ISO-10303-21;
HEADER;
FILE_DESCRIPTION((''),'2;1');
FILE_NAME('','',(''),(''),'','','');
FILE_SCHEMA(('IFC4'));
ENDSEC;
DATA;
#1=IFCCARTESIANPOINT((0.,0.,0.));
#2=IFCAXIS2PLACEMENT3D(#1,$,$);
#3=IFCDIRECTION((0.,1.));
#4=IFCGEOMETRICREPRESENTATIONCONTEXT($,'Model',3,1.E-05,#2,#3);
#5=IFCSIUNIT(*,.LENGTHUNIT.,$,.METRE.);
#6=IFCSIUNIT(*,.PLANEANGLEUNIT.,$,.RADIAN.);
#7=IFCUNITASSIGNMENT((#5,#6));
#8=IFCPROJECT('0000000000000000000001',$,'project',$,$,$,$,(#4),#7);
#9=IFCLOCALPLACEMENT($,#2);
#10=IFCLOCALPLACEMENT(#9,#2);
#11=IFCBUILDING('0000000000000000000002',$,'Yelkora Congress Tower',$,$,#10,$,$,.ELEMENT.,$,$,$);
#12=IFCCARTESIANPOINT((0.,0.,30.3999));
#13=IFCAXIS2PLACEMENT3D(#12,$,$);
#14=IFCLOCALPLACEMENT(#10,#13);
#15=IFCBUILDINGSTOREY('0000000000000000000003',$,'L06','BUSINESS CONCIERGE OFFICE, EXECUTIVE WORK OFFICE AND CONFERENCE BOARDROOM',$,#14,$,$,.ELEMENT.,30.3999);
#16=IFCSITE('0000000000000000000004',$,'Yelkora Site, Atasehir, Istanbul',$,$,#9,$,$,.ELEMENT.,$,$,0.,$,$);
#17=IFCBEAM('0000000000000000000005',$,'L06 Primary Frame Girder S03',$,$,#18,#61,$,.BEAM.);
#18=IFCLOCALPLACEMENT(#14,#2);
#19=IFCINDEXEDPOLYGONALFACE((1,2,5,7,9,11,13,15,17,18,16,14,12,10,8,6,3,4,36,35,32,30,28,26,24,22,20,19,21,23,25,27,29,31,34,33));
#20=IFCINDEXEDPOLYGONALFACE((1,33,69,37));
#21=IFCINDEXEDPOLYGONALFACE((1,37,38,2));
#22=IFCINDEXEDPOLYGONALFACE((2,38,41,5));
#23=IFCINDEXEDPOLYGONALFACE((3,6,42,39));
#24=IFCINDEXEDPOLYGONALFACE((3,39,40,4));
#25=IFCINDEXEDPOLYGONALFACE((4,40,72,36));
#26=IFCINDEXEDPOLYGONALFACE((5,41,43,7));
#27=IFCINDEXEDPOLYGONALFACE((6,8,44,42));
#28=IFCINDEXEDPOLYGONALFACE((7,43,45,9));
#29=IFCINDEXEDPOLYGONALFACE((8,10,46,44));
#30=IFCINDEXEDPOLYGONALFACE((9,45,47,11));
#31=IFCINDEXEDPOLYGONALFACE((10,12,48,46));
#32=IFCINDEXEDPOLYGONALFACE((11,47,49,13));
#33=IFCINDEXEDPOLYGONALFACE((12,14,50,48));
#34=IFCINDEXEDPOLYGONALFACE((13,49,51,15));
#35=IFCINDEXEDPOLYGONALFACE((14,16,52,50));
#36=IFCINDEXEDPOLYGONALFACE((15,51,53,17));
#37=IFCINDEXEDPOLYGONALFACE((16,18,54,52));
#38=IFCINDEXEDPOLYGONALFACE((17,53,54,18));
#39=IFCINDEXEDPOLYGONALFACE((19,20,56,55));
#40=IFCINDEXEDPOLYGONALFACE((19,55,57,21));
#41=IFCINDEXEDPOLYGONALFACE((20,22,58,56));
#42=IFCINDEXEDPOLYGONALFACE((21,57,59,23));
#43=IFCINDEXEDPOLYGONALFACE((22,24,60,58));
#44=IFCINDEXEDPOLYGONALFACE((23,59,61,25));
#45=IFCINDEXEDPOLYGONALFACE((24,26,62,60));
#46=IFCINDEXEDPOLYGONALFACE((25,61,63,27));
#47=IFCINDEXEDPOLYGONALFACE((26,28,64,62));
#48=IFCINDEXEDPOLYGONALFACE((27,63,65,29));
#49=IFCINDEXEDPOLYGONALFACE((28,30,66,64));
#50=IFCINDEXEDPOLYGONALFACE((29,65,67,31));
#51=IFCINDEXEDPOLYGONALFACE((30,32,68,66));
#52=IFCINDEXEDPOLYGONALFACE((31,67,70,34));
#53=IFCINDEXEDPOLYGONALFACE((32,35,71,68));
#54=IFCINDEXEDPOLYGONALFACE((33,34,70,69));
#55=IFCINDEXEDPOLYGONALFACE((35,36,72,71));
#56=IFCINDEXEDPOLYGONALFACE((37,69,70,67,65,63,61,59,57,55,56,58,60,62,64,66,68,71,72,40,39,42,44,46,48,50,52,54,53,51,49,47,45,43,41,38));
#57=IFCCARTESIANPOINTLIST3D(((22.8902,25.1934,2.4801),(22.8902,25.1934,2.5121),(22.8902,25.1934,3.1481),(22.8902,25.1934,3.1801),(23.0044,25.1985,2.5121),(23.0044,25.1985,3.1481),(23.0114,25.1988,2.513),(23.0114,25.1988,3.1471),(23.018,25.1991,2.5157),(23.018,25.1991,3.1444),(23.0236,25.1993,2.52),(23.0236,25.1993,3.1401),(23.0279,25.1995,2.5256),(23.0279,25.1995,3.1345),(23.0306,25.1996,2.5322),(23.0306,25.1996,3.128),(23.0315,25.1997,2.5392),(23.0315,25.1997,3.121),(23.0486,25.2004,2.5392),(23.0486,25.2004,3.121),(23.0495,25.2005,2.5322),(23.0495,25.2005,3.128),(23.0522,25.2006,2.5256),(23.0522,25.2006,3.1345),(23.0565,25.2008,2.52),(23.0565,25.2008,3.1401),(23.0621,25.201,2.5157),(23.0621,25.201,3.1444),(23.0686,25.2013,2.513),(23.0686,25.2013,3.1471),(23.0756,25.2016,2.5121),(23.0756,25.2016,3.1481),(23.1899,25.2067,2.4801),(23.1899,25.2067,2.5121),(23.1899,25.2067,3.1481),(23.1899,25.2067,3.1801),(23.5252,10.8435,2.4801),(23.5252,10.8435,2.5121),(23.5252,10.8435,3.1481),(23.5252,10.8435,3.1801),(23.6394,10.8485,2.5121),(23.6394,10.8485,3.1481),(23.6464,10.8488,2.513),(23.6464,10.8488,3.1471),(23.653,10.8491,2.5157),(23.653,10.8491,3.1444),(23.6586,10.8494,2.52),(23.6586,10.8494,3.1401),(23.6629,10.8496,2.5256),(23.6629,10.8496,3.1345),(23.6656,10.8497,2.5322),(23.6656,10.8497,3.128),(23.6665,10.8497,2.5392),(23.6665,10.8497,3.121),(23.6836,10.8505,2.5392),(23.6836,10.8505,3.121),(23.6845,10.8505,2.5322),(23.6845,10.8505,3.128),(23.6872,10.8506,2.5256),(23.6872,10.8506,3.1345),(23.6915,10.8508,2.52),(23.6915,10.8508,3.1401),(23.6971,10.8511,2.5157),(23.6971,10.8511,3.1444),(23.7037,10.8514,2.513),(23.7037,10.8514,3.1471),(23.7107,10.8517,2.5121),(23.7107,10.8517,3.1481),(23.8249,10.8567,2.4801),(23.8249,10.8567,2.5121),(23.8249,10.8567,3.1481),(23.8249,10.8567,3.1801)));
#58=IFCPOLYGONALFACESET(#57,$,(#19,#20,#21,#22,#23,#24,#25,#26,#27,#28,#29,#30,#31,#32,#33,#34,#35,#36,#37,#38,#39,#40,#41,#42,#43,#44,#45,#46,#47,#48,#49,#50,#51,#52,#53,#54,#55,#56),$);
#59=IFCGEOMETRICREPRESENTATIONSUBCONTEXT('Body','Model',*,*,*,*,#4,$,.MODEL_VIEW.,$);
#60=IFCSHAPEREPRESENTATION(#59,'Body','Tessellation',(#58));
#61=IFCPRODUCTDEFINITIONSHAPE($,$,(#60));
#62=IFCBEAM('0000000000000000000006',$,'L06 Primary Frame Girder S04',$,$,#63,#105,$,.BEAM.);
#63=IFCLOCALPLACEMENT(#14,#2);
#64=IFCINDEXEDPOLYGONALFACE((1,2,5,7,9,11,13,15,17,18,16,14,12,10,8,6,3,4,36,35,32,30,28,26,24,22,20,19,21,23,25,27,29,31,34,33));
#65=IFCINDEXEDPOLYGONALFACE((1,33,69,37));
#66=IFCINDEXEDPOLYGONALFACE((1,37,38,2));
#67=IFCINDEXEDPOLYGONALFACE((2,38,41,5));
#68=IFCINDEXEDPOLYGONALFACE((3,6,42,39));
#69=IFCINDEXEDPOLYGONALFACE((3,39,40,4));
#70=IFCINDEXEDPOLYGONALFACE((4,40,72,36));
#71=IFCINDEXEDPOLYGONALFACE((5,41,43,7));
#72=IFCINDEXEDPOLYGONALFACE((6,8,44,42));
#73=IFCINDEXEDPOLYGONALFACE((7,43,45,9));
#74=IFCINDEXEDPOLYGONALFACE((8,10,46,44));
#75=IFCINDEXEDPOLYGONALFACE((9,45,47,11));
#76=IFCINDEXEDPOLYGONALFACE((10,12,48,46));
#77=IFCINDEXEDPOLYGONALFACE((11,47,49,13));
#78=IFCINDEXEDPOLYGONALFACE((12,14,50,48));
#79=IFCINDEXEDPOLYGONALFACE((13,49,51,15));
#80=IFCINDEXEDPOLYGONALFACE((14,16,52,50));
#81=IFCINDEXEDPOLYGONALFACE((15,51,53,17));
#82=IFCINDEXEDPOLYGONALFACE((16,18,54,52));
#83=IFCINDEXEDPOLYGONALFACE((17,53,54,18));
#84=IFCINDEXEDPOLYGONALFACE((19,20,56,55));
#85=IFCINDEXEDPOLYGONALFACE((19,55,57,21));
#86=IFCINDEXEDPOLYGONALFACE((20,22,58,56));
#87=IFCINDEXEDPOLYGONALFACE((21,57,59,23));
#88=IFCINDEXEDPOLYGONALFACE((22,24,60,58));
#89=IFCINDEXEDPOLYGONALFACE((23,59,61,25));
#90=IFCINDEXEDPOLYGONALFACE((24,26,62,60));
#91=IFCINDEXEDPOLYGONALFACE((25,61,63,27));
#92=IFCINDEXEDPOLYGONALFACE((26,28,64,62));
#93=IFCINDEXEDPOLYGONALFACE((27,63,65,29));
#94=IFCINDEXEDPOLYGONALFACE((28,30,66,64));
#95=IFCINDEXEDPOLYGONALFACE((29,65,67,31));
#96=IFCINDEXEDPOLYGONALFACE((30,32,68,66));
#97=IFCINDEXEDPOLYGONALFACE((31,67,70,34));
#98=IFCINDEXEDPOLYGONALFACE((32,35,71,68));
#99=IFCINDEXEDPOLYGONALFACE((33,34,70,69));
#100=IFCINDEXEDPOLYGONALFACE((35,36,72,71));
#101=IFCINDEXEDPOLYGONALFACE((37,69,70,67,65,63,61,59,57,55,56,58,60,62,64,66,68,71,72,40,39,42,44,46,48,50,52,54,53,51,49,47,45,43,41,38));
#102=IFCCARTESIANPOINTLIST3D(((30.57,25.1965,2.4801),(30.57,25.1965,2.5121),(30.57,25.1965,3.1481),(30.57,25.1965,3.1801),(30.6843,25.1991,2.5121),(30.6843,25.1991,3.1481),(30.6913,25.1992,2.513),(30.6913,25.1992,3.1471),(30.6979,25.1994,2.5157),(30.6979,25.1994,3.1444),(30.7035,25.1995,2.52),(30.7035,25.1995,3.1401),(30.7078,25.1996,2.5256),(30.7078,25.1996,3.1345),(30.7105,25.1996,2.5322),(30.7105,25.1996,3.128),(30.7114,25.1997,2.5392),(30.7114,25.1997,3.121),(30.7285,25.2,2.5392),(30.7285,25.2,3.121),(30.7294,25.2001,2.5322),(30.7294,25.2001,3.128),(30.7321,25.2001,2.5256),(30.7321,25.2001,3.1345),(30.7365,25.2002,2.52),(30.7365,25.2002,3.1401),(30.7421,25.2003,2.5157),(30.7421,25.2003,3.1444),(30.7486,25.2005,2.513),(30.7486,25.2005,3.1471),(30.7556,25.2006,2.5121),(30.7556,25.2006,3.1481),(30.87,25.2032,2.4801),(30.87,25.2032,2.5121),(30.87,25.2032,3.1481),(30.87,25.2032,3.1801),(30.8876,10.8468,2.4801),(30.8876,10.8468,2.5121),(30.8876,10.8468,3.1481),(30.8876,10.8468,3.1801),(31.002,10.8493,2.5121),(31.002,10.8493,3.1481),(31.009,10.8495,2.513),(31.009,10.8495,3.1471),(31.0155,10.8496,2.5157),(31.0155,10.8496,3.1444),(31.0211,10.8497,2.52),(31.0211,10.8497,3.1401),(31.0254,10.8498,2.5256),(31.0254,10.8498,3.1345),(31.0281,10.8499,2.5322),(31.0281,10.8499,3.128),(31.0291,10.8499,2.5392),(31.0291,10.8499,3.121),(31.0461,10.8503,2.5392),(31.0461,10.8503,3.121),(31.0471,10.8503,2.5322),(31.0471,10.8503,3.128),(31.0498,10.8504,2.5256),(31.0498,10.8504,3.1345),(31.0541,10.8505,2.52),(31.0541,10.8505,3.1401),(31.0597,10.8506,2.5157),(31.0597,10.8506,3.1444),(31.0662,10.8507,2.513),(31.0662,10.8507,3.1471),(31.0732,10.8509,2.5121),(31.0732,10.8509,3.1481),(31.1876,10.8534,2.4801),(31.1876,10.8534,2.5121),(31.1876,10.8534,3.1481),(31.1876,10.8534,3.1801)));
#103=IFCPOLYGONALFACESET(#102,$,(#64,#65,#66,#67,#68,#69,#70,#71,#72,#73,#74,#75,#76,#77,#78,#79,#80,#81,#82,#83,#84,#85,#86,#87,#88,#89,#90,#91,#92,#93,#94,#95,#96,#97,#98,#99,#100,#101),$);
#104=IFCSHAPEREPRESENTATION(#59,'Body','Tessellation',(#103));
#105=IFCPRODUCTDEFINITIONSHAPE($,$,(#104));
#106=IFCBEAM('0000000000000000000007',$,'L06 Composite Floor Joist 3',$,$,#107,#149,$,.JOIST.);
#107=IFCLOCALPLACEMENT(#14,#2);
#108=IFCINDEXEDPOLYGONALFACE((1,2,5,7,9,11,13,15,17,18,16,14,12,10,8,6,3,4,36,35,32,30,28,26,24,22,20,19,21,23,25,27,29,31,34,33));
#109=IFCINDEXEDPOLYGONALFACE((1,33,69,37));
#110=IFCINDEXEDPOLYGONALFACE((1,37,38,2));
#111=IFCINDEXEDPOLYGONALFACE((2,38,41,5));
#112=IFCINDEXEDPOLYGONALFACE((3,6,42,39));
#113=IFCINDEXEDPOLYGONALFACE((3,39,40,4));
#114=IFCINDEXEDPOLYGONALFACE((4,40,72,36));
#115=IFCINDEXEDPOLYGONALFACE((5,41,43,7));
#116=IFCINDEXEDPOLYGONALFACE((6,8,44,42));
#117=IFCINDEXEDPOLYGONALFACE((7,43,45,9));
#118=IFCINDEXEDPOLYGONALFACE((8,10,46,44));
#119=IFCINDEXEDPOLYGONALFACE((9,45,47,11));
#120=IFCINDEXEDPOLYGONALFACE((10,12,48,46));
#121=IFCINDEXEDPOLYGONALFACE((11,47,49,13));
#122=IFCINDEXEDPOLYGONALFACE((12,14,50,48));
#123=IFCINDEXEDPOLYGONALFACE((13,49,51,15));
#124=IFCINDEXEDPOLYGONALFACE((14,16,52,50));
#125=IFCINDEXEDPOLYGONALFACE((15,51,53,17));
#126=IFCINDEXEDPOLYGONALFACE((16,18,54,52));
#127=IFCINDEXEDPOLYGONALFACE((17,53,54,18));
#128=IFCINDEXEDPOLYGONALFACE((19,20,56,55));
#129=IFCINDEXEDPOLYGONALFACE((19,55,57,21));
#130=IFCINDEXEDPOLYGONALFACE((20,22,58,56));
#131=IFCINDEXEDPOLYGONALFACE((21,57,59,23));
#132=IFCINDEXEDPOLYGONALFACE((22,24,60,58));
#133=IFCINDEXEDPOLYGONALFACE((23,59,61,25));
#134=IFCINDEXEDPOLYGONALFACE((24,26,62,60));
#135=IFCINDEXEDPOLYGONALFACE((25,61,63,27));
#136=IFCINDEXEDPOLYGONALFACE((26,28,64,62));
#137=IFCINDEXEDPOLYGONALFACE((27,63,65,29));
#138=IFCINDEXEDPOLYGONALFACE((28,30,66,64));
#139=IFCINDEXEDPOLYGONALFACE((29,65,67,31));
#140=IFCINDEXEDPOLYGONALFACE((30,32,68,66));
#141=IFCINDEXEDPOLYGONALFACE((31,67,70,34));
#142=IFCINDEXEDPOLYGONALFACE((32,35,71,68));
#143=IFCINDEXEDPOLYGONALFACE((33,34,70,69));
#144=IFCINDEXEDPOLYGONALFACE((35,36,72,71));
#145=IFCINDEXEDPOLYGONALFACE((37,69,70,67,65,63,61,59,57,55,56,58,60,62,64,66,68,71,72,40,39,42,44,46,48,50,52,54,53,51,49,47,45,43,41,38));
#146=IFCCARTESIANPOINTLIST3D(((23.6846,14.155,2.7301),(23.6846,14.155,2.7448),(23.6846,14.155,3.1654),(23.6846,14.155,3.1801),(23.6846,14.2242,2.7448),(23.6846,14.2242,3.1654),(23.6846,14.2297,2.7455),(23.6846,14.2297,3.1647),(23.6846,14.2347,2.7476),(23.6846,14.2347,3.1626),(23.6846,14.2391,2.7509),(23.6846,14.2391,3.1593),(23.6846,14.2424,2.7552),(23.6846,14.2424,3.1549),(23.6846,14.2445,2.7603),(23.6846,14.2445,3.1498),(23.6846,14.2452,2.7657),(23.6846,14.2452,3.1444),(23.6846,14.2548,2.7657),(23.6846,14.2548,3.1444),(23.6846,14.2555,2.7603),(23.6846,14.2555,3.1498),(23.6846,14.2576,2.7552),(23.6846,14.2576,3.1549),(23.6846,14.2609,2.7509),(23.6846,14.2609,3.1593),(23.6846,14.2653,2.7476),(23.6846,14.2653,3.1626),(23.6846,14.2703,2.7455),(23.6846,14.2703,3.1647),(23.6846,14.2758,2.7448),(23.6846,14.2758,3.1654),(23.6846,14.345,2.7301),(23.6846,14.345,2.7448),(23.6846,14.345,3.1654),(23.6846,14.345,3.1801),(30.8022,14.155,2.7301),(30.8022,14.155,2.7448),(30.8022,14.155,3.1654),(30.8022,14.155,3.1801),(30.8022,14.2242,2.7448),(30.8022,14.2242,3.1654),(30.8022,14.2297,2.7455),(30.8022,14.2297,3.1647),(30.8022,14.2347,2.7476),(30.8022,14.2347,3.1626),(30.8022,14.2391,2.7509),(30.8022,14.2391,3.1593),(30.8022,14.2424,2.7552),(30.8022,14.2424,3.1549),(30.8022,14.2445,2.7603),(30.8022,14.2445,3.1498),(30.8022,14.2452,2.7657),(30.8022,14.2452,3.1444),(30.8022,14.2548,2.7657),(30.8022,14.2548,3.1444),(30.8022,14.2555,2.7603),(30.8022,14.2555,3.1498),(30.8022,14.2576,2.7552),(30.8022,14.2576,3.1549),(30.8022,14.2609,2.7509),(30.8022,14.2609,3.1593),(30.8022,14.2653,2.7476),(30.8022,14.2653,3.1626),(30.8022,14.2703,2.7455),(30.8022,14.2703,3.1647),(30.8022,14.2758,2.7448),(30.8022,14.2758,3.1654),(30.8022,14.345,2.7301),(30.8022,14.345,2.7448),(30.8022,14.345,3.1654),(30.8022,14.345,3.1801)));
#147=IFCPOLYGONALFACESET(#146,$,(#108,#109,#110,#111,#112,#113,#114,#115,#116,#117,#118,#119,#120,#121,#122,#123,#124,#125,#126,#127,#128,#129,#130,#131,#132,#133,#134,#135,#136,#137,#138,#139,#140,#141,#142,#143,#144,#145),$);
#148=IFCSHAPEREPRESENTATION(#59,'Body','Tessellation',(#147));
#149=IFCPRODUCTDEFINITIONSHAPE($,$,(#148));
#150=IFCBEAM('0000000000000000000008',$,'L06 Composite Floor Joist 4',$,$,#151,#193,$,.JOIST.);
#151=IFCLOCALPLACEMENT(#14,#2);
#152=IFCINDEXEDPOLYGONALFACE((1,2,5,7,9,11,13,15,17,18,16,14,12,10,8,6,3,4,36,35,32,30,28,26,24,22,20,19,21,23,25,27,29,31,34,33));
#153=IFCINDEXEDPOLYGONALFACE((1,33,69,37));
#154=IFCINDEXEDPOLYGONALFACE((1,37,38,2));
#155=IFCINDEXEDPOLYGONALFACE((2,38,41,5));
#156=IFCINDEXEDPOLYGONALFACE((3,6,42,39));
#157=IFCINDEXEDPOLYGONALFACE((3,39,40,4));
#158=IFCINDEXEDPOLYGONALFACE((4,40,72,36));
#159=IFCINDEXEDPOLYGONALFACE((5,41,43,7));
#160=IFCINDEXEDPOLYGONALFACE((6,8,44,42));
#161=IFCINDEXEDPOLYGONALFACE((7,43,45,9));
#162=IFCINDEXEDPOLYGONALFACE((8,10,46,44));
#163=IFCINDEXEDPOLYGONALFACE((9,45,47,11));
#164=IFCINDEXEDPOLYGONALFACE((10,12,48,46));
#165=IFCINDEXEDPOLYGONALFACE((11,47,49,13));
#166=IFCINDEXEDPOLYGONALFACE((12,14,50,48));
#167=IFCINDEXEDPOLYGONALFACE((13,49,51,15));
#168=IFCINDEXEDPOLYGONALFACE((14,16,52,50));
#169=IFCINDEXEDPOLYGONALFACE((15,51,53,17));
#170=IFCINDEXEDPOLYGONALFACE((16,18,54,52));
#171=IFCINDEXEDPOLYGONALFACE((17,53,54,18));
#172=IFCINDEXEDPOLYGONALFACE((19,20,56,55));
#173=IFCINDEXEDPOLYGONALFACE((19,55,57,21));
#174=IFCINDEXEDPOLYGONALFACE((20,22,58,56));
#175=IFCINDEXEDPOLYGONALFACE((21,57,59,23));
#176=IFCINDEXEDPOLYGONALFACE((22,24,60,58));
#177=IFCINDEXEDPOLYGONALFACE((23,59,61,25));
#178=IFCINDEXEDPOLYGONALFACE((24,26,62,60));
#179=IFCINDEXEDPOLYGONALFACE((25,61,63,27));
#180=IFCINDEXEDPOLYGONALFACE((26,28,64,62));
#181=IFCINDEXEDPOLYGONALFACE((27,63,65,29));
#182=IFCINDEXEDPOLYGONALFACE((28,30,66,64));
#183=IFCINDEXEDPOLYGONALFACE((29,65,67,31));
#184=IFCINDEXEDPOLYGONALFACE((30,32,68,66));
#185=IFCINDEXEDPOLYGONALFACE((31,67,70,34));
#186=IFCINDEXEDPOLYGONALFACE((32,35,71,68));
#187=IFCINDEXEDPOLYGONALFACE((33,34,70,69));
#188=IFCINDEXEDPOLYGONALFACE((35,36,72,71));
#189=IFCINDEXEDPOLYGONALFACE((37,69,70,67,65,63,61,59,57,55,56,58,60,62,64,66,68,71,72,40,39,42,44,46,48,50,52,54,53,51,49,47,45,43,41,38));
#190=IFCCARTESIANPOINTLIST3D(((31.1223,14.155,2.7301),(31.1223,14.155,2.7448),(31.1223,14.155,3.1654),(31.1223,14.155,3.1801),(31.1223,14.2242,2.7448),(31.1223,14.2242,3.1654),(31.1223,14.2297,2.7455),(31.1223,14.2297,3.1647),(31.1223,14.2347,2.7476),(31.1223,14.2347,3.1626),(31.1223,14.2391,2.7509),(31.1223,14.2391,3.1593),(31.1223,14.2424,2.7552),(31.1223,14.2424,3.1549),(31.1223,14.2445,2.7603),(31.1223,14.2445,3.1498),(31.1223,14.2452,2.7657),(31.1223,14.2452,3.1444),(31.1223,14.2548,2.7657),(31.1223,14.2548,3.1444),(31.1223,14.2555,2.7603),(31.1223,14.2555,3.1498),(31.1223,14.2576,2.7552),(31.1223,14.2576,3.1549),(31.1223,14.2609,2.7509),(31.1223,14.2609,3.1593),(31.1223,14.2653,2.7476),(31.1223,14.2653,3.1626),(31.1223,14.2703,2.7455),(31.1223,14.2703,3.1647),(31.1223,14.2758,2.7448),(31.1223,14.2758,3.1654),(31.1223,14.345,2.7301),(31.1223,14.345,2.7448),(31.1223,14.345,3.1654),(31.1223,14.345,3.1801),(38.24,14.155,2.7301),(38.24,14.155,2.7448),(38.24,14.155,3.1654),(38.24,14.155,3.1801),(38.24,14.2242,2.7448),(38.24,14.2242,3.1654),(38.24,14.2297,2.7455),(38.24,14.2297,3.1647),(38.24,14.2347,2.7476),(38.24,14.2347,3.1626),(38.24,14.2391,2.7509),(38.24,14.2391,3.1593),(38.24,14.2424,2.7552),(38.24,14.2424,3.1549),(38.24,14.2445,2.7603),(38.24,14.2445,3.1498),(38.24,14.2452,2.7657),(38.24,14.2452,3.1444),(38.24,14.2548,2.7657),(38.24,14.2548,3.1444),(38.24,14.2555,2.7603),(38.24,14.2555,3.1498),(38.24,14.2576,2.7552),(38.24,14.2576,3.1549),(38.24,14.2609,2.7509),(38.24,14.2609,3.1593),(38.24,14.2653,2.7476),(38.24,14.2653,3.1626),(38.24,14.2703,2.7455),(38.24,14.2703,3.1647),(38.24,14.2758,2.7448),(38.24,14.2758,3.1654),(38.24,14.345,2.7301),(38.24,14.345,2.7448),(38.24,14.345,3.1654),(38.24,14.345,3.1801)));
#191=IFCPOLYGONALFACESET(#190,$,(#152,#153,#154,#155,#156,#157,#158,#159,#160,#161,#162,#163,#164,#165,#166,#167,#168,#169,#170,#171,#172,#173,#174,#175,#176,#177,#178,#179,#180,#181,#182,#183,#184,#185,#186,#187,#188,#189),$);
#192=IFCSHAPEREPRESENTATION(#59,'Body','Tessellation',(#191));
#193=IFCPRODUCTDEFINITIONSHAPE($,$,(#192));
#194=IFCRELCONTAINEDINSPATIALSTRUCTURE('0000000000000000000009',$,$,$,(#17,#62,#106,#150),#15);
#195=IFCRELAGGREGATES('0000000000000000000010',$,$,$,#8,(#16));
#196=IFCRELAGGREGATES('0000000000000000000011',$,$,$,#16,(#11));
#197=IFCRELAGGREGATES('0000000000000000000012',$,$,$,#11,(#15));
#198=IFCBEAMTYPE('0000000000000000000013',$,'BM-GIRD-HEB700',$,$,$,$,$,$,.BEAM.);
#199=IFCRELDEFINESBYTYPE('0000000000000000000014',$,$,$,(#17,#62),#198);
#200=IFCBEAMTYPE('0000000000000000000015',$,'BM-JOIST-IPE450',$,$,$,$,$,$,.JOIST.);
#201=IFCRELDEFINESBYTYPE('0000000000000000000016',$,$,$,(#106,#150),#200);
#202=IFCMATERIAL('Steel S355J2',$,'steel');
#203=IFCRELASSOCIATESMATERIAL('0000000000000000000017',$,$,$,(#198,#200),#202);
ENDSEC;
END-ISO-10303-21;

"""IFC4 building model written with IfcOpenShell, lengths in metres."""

from ifc_helpers import new_model, si_unit, direction, frame, origin, origin_2d, place, context, subcontext, project, spatial, i_section, extrude, material, material_profile, profile_set, type_object, element, save


model = new_model("IFC4")

# Units and contexts
model_context = context("Model", 3, precision=1e-05, world=origin(), true_north=direction((0.0, 1.0)))
body_context = subcontext(model_context, "Body", "Model", "MODEL_VIEW")
ifc_project = project(units=[si_unit("LENGTHUNIT", "METRE"), si_unit("PLANEANGLEUNIT", "RADIAN")], contexts=[model_context])

# Site, building, storey
site_placement = place(None, origin())
site = spatial("IfcSite", under=ifc_project, at=site_placement, Name="Yelkora Site, Atasehir, Istanbul", CompositionType="ELEMENT", RefElevation=0.0)
building_placement = place(site_placement, origin())
building = spatial("IfcBuilding", under=site, at=building_placement, Name="Yelkora Congress Tower", CompositionType="ELEMENT")
storey_placement = place(building_placement, frame((0.0, 0.0, 30.3999)))
storey = spatial("IfcBuildingStorey", under=building, at=storey_placement, Name="L06", Description="BUSINESS CONCIERGE OFFICE, EXECUTIVE WORK OFFICE AND CONFERENCE BOARDROOM", CompositionType="ELEMENT", Elevation=30.3999)

# Beams
ifc_material_1 = material(Name="Steel S355J2", Category="steel")
ifc_material_profile_1 = material_profile(ifc_material_1, i_section(OverallWidth=0.3, OverallDepth=0.7, WebThickness=0.0171, FlangeThickness=0.032, FilletRadius=0.0271, at=origin_2d()), Name="HEB 700")
ifc_profile_set_1 = profile_set([ifc_material_profile_1], Name="Steel S355J2")
beam_type_1 = type_object("IfcBeamType", Name="BM-GIRD-HEB700", PredefinedType="BEAM", material=ifc_profile_set_1)
beam_1_placement = place(storey_placement, frame((23.675, 10.8501, 2.8301), z_axis=(-0.044209, 0.999022, 0.0), x_axis=(-0.999022, -0.044209, 0.0)))
element("IfcBeam", 1, at=beam_1_placement, inside=storey, type_object=beam_type_1, Name="L06 Primary Frame Girder S03", PredefinedType="BEAM", context=body_context, shape_type="SweptSolid", body=[
    extrude(i_section(OverallWidth=0.3, OverallDepth=0.7, WebThickness=0.0171, FlangeThickness=0.032, FilletRadius=0.0271, at=origin_2d()), origin(), (0.0, 0.0, 1.0), 14.364),
])
beam_2_placement = place(storey_placement, frame((31.0376, 10.8501, 2.8301), z_axis=(-0.022129, 0.999755, 0.0), x_axis=(-0.999755, -0.022129, 0.0)))
element("IfcBeam", 2, at=beam_2_placement, inside=storey, type_object=beam_type_1, Name="L06 Primary Frame Girder S04", PredefinedType="BEAM", context=body_context, shape_type="SweptSolid", body=[
    extrude(i_section(OverallWidth=0.3, OverallDepth=0.7, WebThickness=0.0171, FlangeThickness=0.032, FilletRadius=0.0271, at=origin_2d()), origin(), (0.0, 0.0, 1.0), 14.3533),
])
ifc_material_profile_2 = material_profile(ifc_material_1, i_section(OverallWidth=0.1899, OverallDepth=0.45, WebThickness=0.0095, FlangeThickness=0.0146, FilletRadius=0.021, at=origin_2d()), Name="IPE 450")
ifc_profile_set_2 = profile_set([ifc_material_profile_2], Name="Steel S355J2")
beam_type_2 = type_object("IfcBeamType", Name="BM-JOIST-IPE450", PredefinedType="JOIST", material=ifc_profile_set_2)
for number, where, z_axis, x_axis, name in (
    (3, (23.6846, 14.25, 2.9551), (1.0, 0.0, 0.0), (0.0, 1.0, 0.0), "L06 Composite Floor Joist 3"),
    (4, (31.1223, 14.25, 2.9551), (1.0, 0.0, 0.0), (0.0, 1.0, 0.0), "L06 Composite Floor Joist 4"),
):
    element("IfcBeam", number, at=place(storey_placement, frame(where, z_axis=z_axis, x_axis=x_axis)), inside=storey, type_object=beam_type_2, Name=name, PredefinedType="JOIST", context=body_context, shape_type="SweptSolid", body=[
        extrude(i_section(OverallWidth=0.1899, OverallDepth=0.45, WebThickness=0.0095, FlangeThickness=0.0146, FilletRadius=0.021, at=origin_2d()), origin(), (0.0, 0.0, 1.0), 7.1177),
    ])

save(model, "model.ifc")
